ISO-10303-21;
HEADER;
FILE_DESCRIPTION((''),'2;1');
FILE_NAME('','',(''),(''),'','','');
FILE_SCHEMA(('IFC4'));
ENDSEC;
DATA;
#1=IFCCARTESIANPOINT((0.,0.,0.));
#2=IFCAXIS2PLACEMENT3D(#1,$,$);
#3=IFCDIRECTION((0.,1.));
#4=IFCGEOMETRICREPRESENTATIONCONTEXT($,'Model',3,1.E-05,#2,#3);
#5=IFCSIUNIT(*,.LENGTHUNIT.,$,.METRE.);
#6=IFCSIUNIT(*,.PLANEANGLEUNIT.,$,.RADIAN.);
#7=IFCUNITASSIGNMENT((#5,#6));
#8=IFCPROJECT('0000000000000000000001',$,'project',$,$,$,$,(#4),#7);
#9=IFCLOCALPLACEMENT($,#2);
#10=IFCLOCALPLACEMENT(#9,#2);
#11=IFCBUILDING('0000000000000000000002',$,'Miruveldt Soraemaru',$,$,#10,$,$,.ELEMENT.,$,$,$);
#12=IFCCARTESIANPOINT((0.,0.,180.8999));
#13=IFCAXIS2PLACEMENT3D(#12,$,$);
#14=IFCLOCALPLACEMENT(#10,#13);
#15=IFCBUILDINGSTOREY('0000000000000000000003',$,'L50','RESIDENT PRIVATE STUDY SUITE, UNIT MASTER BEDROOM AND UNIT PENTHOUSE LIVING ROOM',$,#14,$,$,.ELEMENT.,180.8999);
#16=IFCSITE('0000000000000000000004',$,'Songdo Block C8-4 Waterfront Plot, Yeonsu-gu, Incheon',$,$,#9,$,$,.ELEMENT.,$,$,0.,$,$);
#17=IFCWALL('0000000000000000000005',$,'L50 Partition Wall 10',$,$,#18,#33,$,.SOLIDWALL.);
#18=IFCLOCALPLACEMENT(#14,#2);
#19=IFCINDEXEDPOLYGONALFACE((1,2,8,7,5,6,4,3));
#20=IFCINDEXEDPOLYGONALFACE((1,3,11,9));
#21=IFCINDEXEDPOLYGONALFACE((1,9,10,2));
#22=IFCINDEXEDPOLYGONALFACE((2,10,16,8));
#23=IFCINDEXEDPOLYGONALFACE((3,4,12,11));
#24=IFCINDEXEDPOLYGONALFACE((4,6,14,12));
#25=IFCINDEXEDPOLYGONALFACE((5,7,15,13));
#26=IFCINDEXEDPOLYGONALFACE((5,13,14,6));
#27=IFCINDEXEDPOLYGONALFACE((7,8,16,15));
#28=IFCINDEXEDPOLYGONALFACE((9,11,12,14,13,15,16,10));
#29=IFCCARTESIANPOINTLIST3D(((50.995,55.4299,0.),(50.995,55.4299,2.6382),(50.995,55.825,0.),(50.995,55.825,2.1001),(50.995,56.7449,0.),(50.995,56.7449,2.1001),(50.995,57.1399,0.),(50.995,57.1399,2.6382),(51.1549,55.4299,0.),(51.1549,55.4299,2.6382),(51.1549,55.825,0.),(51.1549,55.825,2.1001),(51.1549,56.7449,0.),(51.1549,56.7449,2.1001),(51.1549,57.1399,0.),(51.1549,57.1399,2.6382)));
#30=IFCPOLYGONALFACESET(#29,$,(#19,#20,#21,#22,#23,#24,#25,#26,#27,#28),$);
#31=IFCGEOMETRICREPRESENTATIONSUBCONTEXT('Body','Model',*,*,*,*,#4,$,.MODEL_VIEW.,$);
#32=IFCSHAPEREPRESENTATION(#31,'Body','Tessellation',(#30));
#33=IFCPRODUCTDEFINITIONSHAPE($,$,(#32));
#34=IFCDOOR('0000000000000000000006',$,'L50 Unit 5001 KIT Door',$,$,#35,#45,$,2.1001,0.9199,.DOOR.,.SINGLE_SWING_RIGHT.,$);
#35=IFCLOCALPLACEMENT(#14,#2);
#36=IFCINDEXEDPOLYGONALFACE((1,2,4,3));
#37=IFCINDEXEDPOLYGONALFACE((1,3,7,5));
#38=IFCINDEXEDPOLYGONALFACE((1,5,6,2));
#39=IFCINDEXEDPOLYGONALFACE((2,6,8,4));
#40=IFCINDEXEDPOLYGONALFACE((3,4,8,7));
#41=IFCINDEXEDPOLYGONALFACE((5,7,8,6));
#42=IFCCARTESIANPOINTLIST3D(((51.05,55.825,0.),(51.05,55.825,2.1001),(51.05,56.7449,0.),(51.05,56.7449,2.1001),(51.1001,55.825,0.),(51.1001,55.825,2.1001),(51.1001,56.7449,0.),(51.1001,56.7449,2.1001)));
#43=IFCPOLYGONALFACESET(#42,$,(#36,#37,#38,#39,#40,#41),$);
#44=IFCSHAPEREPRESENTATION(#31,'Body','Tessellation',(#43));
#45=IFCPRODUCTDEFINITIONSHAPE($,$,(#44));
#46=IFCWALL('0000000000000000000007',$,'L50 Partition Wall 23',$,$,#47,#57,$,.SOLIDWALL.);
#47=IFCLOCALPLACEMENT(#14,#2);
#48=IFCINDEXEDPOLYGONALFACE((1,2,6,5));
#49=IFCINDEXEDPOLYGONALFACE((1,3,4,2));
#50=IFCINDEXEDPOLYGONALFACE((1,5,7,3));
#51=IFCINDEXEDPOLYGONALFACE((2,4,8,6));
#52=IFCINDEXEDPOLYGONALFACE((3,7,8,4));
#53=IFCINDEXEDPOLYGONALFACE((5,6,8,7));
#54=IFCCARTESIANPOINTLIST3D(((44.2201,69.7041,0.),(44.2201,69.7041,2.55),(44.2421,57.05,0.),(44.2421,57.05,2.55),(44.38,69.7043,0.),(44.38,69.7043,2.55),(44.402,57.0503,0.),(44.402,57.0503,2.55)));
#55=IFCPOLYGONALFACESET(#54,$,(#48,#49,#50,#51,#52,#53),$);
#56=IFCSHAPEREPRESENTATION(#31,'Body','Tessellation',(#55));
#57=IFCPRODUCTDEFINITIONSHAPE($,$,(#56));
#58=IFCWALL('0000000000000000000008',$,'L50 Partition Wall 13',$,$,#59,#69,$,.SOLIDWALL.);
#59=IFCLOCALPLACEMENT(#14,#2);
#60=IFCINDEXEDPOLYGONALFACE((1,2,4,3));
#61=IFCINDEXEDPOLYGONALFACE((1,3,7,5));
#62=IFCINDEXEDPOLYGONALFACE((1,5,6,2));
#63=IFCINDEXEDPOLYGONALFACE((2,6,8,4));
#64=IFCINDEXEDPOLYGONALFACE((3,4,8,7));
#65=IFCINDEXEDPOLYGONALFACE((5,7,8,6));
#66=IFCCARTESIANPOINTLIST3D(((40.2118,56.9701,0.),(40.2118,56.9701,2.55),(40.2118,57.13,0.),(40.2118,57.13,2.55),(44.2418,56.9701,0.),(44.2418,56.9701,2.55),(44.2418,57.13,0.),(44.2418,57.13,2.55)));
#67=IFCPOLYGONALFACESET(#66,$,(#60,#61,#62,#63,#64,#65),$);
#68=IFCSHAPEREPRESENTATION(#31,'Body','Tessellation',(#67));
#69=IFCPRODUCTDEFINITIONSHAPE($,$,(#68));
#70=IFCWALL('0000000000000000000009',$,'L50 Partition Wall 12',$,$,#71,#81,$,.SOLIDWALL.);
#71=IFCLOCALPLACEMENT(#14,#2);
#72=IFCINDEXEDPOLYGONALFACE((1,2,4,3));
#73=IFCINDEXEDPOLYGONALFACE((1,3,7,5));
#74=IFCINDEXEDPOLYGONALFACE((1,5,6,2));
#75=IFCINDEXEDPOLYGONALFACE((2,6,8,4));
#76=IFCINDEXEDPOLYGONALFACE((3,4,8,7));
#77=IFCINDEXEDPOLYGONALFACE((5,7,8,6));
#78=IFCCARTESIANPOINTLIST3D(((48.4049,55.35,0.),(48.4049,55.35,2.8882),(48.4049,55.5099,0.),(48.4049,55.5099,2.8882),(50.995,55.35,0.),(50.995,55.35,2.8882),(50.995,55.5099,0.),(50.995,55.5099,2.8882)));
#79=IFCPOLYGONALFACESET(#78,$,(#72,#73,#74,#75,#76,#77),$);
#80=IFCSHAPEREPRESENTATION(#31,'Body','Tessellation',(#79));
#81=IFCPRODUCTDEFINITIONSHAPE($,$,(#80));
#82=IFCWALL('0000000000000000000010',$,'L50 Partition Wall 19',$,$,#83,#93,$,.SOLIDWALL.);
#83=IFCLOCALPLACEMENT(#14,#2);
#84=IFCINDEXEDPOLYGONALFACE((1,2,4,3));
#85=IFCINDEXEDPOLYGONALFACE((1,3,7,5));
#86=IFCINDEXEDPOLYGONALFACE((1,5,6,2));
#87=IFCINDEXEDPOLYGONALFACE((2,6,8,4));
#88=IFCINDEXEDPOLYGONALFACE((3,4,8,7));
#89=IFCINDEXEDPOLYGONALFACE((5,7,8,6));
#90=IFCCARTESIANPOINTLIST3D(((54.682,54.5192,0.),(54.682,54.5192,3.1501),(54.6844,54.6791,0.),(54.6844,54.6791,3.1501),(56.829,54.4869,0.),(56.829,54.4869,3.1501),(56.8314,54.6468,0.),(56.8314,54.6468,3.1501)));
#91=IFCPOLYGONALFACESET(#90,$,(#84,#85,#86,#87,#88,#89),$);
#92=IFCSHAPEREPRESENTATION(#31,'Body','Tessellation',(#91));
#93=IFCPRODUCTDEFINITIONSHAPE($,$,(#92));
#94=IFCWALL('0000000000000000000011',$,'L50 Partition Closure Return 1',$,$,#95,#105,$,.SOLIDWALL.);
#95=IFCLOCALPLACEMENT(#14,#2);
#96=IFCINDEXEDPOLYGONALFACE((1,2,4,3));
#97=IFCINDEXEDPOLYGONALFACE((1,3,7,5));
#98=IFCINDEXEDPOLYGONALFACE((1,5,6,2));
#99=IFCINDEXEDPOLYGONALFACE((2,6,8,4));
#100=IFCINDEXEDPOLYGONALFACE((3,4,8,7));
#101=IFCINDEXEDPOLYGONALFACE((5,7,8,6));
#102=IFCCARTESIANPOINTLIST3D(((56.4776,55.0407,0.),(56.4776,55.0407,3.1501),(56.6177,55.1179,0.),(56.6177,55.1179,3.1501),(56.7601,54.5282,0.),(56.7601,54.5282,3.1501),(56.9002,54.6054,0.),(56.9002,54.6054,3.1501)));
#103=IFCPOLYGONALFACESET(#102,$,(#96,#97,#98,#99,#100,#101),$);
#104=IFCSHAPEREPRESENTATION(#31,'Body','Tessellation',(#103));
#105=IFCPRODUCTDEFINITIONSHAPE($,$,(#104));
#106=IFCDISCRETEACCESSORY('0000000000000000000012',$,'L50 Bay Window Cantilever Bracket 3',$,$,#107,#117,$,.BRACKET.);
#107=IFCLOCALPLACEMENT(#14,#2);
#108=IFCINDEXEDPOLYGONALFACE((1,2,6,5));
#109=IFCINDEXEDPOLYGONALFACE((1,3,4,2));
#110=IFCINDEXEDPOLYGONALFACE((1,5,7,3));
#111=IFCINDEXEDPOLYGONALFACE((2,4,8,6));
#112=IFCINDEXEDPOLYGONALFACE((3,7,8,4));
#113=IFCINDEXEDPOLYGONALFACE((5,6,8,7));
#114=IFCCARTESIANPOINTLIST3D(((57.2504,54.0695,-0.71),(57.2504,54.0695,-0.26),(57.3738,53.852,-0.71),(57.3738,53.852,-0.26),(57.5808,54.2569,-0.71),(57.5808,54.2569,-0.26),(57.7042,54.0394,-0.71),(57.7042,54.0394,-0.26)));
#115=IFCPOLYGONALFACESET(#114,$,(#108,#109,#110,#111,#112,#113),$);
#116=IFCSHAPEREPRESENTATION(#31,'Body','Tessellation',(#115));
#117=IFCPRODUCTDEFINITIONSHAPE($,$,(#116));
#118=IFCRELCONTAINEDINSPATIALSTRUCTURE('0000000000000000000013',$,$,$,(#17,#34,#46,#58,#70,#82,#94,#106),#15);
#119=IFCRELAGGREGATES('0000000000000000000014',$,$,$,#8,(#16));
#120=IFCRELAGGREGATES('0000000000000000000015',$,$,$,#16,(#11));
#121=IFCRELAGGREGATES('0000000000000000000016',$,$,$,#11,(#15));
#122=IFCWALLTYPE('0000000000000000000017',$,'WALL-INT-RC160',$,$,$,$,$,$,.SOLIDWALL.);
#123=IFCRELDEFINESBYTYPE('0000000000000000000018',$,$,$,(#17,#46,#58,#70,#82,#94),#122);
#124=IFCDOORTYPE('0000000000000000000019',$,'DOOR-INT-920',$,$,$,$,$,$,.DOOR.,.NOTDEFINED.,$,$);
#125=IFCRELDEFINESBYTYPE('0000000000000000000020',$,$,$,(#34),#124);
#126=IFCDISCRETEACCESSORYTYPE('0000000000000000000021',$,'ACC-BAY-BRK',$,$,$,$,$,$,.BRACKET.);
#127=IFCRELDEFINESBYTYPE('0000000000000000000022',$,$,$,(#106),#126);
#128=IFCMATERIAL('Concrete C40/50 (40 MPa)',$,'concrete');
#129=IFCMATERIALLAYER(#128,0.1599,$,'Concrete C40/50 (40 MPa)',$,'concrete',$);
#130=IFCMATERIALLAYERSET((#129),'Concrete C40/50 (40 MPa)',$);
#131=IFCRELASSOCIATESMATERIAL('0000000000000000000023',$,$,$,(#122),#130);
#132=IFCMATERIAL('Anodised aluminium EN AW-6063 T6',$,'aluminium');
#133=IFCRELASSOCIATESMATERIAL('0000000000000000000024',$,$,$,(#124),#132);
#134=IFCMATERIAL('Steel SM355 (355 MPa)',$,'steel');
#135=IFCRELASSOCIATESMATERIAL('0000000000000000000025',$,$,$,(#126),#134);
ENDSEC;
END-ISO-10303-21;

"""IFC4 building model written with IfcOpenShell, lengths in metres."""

from ifc_helpers import new_model, si_unit, direction, frame, frame_2d, origin, origin_2d, place, context, subcontext, project, spatial, rectangle, extrude, material, layer, layer_set, type_object, element, fill, save


model = new_model("IFC4")

# Units and contexts
model_context = context("Model", 3, precision=1e-05, world=origin(), true_north=direction((0.0, 1.0)))
body_context = subcontext(model_context, "Body", "Model", "MODEL_VIEW")
ifc_project = project(units=[si_unit("LENGTHUNIT", "METRE"), si_unit("PLANEANGLEUNIT", "RADIAN")], contexts=[model_context])

# Site, building, storey
site_placement = place(None, origin())
site = spatial("IfcSite", under=ifc_project, at=site_placement, Name="Songdo Block C8-4 Waterfront Plot, Yeonsu-gu, Incheon", CompositionType="ELEMENT", RefElevation=0.0)
building_placement = place(site_placement, origin())
building = spatial("IfcBuilding", under=site, at=building_placement, Name="Miruveldt Soraemaru", CompositionType="ELEMENT")
storey_placement = place(building_placement, frame((0.0, 0.0, 180.8999)))
storey = spatial("IfcBuildingStorey", under=building, at=storey_placement, Name="L50", Description="RESIDENT PRIVATE STUDY SUITE, UNIT MASTER BEDROOM AND UNIT PENTHOUSE LIVING ROOM", CompositionType="ELEMENT", Elevation=180.8999)

# Shared definitions
ifc_material_1 = material(Name="Anodised aluminium EN AW-6063 T6", Category="aluminium")

# Wall, opening, door
ifc_material_2 = material(Name="Concrete C40/50 (40 MPa)", Category="concrete")
ifc_layer_1 = layer(ifc_material_2, 0.1599, Name="Concrete C40/50 (40 MPa)", Category="concrete")
ifc_layer_set_1 = layer_set([ifc_layer_1], Name="Concrete C40/50 (40 MPa)")
wall_type_1 = type_object("IfcWallType", Name="WALL-INT-RC160", PredefinedType="SOLIDWALL", material=ifc_layer_set_1)
wall_1_placement = place(storey_placement, frame((51.075, 55.4299, 0.0), z_axis=(0.0, 0.0, 1.0), x_axis=(0.0, 1.0, 0.0)))
wall_1 = element("IfcWall", 1, at=wall_1_placement, inside=storey, type_object=wall_type_1, Name="L50 Partition Wall 10", PredefinedType="SOLIDWALL", context=body_context, shape_type="SweptSolid", body=[
    extrude(rectangle(XDim=1.71, YDim=0.1599, at=frame_2d((0.855, 0.0))), origin(), (0.0, 0.0, 1.0), 2.6382),
])
opening_1_placement = place(wall_1_placement, frame((0.395, 0.0, 0.0)))
opening_1 = element("IfcOpeningElement", 2, at=opening_1_placement, cuts=wall_1, PredefinedType="OPENING", context=body_context, shape_type="SweptSolid", body=[
    extrude(rectangle(XDim=0.9199, YDim=2.1001, at=frame_2d((0.46, 1.05))), frame((0.0, 0.0898, 0.0), z_axis=(0.0, -1.0, 0.0), x_axis=(1.0, 0.0, 0.0)), (0.0, 0.0, 1.0), 0.1799),
])
door_type_1 = type_object("IfcDoorType", Name="DOOR-INT-920", OperationType="NOTDEFINED", PredefinedType="DOOR", material=ifc_material_1)
door_1_placement = place(opening_1_placement, origin())
door_1 = element("IfcDoor", 3, at=door_1_placement, inside=storey, type_object=door_type_1, Name="L50 Unit 5001 KIT Door", OperationType="SINGLE_SWING_RIGHT", OverallHeight=2.1001, OverallWidth=0.9199, PredefinedType="DOOR", context=body_context, shape_type="SweptSolid", body=[
    extrude(rectangle(XDim=0.9199, YDim=2.1001, at=frame_2d((0.46, 1.05))), frame((0.0, 0.0249, 0.0), z_axis=(0.0, -1.0, 0.0), x_axis=(1.0, 0.0, 0.0)), (0.0, 0.0, 1.0), 0.05),
])
fill(opening_1, door_1)

# Walls
wall_2_placement = place(storey_placement, frame((44.322, 57.05, 0.0), z_axis=(0.0, 0.0, 1.0), x_axis=(-0.001736, 0.999998, 0.0)))
element("IfcWall", 4, at=wall_2_placement, inside=storey, type_object=wall_type_1, Name="L50 Partition Wall 23", PredefinedType="SOLIDWALL", context=body_context, shape_type="SweptSolid", body=[
    extrude(rectangle(XDim=12.6541, YDim=0.1599, at=frame_2d((6.3271, 0.0))), origin(), (0.0, 0.0, 1.0), 2.55),
])
wall_3_placement = place(storey_placement, frame((44.2419, 57.05, 0.0), z_axis=(0.0, 0.0, 1.0), x_axis=(-1.0, 0.0, 0.0)))
element("IfcWall", 5, at=wall_3_placement, inside=storey, type_object=wall_type_1, Name="L50 Partition Wall 13", PredefinedType="SOLIDWALL", context=body_context, shape_type="SweptSolid", body=[
    extrude(rectangle(XDim=4.03, YDim=0.1599, at=frame_2d((2.0151, 0.0))), origin(), (0.0, 0.0, 1.0), 2.55),
])
wall_4_placement = place(storey_placement, frame((48.405, 55.4299, 0.0), z_axis=(0.0, 0.0, 1.0), x_axis=(1.0, 0.0, 0.0)))
element("IfcWall", 6, at=wall_4_placement, inside=storey, type_object=wall_type_1, Name="L50 Partition Wall 12", PredefinedType="SOLIDWALL", context=body_context, shape_type="SweptSolid", body=[
    extrude(rectangle(XDim=2.5901, YDim=0.1599, at=frame_2d((1.2949, 0.0))), origin(), (0.0, 0.0, 1.0), 2.8882),
])
wall_5_placement = place(storey_placement, frame((54.6831, 54.5991, 0.0), z_axis=(0.0, 0.0, 1.0), x_axis=(0.999887, -0.015009, 0.0)))
element("IfcWall", 7, at=wall_5_placement, inside=storey, type_object=wall_type_1, Name="L50 Partition Wall 19", PredefinedType="SOLIDWALL", context=body_context, shape_type="SweptSolid", body=[
    extrude(rectangle(XDim=2.1472, YDim=0.1599, at=frame_2d((1.0737, 0.0))), origin(), (0.0, 0.0, 1.0), 3.1501),
])
wall_6_placement = place(storey_placement, frame((56.8301, 54.5669, 0.0), z_axis=(0.0, 0.0, 1.0), x_axis=(-0.482735, 0.875766, 0.0)))
element("IfcWall", 8, at=wall_6_placement, inside=storey, type_object=wall_type_1, Name="L50 Partition Closure Return 1", PredefinedType="SOLIDWALL", context=body_context, shape_type="SweptSolid", body=[
    extrude(rectangle(XDim=0.5852, YDim=0.1599, at=frame_2d((0.2925, 0.0))), origin(), (0.0, 0.0, 1.0), 3.1501),
])

# Discrete accessory
ifc_material_3 = material(Name="Steel SM355 (355 MPa)", Category="steel")
discrete_accessory_type = type_object("IfcDiscreteAccessoryType", Name="ACC-BAY-BRK", PredefinedType="BRACKET", material=ifc_material_3)
discrete_accessory_placement = place(storey_placement, frame((57.4773, 54.0544, -0.71), z_axis=(0.0, 0.0, 1.0), x_axis=(0.869822, 0.493365, 0.0)))
element("IfcDiscreteAccessory", 9, at=discrete_accessory_placement, inside=storey, type_object=discrete_accessory_type, Name="L50 Bay Window Cantilever Bracket 3", PredefinedType="BRACKET", context=body_context, shape_type="SweptSolid", body=[
    extrude(rectangle(XDim=0.3799, YDim=0.25, at=origin_2d()), origin(), (0.0, 0.0, 1.0), 0.45),
])

save(model, "model.ifc")
